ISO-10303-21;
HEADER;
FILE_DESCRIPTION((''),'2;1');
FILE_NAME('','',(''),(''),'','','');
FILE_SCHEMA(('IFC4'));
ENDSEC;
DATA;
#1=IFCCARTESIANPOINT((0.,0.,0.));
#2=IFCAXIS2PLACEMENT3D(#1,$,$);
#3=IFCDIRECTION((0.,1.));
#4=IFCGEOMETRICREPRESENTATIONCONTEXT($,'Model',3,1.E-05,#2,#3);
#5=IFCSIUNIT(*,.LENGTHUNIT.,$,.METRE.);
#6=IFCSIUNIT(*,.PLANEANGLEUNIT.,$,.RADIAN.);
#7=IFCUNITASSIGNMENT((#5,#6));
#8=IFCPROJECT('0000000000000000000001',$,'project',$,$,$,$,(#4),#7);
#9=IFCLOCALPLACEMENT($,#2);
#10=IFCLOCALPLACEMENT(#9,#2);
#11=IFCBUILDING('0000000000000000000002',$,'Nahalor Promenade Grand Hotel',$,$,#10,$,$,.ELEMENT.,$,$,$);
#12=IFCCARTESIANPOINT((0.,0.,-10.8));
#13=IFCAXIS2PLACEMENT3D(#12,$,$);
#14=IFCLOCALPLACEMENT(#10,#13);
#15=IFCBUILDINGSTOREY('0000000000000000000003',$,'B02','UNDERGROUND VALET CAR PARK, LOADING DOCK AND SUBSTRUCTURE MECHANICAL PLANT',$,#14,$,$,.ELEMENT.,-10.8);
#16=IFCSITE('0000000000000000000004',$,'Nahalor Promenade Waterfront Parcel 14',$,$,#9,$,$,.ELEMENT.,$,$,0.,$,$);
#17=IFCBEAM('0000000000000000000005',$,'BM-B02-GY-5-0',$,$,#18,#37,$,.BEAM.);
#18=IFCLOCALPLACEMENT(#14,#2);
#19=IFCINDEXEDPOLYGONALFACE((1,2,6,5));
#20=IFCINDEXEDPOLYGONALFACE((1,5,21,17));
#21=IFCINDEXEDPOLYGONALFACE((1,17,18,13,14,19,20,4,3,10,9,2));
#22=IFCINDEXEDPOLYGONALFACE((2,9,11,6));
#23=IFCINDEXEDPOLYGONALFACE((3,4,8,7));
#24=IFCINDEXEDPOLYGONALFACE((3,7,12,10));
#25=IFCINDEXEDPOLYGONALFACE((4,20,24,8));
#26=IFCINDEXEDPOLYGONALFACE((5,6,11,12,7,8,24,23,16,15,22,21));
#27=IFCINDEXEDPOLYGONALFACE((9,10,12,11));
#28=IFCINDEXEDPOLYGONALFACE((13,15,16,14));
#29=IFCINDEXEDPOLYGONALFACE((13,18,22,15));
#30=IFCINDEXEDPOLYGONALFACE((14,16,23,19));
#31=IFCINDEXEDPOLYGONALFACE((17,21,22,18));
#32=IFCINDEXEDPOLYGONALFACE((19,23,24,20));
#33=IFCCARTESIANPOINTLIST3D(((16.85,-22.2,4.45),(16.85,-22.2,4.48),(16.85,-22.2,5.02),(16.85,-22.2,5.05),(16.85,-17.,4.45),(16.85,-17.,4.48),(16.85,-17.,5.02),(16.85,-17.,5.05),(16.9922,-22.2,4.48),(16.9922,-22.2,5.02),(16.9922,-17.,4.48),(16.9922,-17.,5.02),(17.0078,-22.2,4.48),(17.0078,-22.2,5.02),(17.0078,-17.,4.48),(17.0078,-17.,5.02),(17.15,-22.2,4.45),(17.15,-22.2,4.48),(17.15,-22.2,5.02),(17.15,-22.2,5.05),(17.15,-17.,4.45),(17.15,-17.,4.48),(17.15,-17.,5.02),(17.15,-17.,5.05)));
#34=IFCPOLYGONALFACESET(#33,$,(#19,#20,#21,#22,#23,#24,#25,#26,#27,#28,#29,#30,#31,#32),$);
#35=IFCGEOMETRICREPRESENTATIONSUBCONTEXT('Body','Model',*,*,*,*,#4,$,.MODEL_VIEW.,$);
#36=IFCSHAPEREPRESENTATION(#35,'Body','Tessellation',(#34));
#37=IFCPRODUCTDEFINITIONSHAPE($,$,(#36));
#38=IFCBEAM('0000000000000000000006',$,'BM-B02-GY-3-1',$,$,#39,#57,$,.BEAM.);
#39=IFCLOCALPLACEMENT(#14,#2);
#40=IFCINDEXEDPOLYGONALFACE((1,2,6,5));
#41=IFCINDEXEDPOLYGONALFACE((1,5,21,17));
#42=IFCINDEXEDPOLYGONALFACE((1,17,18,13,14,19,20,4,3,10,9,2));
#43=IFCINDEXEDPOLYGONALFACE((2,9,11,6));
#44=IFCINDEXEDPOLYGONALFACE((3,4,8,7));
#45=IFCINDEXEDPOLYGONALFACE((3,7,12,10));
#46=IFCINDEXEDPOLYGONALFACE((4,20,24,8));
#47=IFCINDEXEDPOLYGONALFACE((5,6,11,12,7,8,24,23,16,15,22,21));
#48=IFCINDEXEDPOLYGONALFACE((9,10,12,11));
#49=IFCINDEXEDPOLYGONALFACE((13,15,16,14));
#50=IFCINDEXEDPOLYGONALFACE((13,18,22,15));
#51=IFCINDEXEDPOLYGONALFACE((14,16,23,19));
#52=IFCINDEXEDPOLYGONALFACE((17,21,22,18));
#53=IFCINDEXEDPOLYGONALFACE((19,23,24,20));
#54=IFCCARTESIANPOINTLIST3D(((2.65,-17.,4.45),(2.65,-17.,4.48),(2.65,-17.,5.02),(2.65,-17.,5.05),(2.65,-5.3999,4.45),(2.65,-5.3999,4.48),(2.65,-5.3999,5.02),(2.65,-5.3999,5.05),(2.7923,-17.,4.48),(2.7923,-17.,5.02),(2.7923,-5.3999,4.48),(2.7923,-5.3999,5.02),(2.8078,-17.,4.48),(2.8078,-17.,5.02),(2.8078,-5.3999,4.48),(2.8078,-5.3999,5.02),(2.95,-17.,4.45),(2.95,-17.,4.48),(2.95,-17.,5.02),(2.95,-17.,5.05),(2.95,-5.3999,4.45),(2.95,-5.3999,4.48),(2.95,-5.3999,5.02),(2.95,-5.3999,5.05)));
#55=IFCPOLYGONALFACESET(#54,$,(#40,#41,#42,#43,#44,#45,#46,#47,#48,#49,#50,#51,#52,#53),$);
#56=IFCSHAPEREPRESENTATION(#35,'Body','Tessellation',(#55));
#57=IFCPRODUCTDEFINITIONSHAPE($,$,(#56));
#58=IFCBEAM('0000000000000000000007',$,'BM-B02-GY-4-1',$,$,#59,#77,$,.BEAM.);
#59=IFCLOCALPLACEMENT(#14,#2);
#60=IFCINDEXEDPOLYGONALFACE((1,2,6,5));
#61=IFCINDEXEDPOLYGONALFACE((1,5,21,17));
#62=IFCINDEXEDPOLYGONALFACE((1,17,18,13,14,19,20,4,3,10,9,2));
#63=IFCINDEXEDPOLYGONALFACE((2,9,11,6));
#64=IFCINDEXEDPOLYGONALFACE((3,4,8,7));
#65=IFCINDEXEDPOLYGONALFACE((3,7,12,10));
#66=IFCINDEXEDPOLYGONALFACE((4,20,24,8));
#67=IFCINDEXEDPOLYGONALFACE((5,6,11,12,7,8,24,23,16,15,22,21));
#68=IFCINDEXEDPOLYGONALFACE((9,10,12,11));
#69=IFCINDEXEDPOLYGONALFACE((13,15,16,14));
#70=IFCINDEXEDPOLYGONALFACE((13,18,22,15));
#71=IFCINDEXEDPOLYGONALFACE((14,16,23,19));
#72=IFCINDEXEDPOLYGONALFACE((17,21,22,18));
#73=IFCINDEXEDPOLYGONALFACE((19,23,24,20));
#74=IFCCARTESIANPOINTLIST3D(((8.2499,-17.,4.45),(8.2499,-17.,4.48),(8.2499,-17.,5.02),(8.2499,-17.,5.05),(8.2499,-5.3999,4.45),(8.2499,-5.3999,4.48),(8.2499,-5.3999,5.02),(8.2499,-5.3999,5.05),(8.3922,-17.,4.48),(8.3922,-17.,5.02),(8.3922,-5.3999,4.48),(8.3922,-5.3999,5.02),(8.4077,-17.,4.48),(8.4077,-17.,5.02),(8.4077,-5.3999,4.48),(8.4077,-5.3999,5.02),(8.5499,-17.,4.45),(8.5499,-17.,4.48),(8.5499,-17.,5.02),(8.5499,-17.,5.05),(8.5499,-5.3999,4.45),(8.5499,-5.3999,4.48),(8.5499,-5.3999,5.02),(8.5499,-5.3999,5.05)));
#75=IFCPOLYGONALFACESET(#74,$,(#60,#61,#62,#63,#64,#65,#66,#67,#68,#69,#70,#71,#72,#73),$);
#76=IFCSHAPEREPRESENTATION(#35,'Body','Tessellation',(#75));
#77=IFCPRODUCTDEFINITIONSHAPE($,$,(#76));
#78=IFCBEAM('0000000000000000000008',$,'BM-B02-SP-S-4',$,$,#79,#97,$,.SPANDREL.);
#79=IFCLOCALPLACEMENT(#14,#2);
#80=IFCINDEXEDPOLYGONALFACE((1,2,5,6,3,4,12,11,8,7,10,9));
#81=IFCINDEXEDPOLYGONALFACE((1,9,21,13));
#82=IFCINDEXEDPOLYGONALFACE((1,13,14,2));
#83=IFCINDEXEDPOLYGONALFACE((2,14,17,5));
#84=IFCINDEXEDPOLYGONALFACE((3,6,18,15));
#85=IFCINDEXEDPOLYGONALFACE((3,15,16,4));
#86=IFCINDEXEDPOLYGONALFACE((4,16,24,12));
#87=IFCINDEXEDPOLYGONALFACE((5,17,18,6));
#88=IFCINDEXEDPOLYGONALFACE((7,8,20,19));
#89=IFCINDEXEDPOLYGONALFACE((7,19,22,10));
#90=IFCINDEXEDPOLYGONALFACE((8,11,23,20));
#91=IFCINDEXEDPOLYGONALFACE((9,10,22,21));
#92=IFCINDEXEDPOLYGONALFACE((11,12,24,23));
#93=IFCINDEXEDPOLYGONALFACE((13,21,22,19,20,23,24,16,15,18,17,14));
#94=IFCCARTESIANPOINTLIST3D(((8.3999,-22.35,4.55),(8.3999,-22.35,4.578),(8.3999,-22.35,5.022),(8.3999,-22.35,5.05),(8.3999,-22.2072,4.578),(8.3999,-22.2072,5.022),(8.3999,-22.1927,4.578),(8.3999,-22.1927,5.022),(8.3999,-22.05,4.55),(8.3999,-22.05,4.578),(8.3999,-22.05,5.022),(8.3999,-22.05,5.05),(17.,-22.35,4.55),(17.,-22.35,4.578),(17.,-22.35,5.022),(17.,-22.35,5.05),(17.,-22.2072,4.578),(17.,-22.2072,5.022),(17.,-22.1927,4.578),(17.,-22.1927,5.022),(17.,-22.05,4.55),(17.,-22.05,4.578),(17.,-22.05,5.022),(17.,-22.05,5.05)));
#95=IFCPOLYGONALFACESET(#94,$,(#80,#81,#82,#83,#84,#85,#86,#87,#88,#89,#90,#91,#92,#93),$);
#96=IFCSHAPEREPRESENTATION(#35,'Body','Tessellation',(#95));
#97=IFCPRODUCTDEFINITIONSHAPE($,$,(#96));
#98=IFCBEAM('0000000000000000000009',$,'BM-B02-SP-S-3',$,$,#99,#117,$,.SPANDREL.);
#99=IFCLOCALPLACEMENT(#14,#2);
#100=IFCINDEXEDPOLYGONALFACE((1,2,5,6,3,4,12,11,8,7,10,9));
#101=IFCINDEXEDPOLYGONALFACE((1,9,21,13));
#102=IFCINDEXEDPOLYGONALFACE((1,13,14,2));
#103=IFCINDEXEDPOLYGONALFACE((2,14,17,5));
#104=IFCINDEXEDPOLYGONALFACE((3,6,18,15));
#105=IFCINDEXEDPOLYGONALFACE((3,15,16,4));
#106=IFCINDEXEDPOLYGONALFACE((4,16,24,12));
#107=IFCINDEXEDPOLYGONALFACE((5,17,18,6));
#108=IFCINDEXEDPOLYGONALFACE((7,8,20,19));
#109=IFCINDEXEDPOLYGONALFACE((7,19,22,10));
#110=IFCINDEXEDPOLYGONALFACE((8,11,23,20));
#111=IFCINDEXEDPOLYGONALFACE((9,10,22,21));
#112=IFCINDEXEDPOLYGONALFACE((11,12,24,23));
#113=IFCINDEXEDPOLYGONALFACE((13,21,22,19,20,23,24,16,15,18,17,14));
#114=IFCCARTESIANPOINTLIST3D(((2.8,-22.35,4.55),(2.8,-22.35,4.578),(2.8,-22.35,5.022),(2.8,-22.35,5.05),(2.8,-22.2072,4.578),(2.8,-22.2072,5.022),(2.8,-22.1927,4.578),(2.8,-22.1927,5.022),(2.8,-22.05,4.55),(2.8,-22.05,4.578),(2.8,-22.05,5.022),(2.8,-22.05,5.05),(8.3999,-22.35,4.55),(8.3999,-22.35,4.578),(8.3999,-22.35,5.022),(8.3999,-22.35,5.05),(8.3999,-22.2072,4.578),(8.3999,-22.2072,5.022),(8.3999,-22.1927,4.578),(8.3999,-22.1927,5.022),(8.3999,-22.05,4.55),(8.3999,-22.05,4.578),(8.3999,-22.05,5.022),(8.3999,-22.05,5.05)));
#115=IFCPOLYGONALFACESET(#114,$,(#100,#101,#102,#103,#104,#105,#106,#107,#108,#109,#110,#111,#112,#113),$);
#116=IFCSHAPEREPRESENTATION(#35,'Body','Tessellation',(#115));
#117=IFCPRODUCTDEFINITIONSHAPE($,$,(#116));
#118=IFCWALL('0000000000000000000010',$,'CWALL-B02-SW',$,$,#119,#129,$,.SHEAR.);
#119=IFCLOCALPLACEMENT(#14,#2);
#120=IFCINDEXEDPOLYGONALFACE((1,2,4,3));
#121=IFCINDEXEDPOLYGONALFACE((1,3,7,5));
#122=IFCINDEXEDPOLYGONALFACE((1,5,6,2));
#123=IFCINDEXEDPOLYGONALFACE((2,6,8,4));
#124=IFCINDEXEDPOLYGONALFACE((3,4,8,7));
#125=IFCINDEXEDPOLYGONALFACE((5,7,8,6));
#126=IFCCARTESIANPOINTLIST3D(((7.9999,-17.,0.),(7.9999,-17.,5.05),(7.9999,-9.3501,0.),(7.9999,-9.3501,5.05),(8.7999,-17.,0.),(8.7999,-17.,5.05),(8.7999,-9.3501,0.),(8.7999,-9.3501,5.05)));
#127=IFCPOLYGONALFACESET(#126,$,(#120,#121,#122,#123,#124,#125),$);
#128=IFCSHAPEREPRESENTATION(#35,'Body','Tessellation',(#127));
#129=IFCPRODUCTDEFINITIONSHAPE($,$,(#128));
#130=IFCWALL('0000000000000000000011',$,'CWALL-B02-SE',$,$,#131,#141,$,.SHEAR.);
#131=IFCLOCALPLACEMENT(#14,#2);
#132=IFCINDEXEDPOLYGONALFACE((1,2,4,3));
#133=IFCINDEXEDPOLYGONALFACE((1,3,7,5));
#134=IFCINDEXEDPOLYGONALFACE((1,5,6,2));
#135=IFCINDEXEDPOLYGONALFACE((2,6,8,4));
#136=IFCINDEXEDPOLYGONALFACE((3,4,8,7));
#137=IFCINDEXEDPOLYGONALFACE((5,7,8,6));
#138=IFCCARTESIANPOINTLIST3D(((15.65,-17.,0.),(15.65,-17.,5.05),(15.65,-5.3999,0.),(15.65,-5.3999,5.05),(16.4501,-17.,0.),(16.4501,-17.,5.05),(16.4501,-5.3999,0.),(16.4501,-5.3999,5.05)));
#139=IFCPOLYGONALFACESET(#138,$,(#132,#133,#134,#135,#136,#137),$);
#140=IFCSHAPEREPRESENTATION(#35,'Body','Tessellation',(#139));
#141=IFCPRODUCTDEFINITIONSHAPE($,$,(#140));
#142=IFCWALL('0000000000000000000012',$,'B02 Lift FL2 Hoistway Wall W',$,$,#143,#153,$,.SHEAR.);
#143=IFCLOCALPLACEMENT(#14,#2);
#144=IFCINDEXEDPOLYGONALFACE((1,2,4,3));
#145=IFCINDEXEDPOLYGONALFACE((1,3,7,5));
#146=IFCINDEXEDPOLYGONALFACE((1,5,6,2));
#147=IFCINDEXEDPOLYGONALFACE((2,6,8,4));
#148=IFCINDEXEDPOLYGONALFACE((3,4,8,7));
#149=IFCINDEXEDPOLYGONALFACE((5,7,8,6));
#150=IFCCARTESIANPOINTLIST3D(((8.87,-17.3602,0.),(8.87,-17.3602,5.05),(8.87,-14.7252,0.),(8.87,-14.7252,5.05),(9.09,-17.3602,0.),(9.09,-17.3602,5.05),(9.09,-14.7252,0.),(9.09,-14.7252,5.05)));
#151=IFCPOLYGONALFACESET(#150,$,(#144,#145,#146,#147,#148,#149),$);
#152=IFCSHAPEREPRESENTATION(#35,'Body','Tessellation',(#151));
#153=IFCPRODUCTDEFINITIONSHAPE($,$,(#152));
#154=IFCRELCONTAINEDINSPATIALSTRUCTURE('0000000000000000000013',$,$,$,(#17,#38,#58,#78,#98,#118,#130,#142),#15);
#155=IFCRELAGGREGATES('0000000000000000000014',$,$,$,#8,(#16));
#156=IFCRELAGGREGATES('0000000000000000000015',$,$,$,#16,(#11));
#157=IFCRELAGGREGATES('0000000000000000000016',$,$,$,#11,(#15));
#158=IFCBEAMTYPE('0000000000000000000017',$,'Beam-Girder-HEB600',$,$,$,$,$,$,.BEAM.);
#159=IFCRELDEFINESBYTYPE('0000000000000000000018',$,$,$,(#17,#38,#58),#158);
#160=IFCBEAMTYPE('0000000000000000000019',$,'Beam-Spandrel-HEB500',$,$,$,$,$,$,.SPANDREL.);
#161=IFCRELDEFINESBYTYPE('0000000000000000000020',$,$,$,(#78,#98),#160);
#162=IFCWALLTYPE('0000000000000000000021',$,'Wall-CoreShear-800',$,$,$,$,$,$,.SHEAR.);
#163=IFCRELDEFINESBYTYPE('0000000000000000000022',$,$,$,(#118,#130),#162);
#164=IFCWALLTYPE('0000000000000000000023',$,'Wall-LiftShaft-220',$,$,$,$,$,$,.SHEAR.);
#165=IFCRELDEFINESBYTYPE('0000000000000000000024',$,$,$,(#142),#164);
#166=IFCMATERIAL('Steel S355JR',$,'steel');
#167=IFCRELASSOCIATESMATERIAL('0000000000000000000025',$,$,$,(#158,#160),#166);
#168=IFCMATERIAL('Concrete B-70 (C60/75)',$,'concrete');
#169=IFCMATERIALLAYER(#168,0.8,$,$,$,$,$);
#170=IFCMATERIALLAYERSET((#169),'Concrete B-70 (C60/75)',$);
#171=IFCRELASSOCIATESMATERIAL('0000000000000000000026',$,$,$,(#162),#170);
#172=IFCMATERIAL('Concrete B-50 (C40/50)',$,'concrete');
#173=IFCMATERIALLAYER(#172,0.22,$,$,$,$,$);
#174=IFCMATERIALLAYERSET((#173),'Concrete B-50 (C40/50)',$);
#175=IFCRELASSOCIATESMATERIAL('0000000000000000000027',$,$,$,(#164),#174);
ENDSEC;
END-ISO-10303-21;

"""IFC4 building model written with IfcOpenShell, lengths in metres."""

from ifc_helpers import new_model, si_unit, direction, frame, frame_2d, origin, origin_2d, place, context, subcontext, project, spatial, rectangle, i_section, extrude, source, transform, mapped, material, layer, layer_set, material_profile, profile_set, type_object, element, save


model = new_model("IFC4")

# Units and contexts
model_context = context("Model", 3, precision=1e-05, world=origin(), true_north=direction((0.0, 1.0)))
body_context = subcontext(model_context, "Body", "Model", "MODEL_VIEW")
ifc_project = project(units=[si_unit("LENGTHUNIT", "METRE"), si_unit("PLANEANGLEUNIT", "RADIAN")], contexts=[model_context])

# Site, building, storey
site_placement = place(None, origin())
site = spatial("IfcSite", under=ifc_project, at=site_placement, Name="Nahalor Promenade Waterfront Parcel 14", CompositionType="ELEMENT", RefElevation=0.0)
building_placement = place(site_placement, origin())
building = spatial("IfcBuilding", under=site, at=building_placement, Name="Nahalor Promenade Grand Hotel", CompositionType="ELEMENT")
storey_placement = place(building_placement, frame((0.0, 0.0, -10.8)))
storey = spatial("IfcBuildingStorey", under=building, at=storey_placement, Name="B02", Description="UNDERGROUND VALET CAR PARK, LOADING DOCK AND SUBSTRUCTURE MECHANICAL PLANT", CompositionType="ELEMENT", Elevation=-10.8)

# Shared definitions
ifc_material_1 = material(Name="Concrete B-50 (C40/50)", Category="concrete")

# Shared definitions
ifc_material_2 = material(Name="Concrete B-70 (C60/75)", Category="concrete")

# Beams
ifc_material_3 = material(Name="Steel S355JR", Category="steel")
ifc_material_profile_1 = material_profile(ifc_material_3, i_section(OverallWidth=0.3, OverallDepth=0.6, WebThickness=0.0155, FlangeThickness=0.03, at=origin_2d()), Name="HEB 600")
ifc_profile_set_1 = profile_set([ifc_material_profile_1], Name="Steel S355JR")
beam_type_1 = type_object("IfcBeamType", Name="Beam-Girder-HEB600", PredefinedType="BEAM", material=ifc_profile_set_1)
shared_shape_1 = source(origin(), body_context, "Body", "SweptSolid", [
    extrude(i_section(OverallWidth=0.3, OverallDepth=0.6, WebThickness=0.0155, FlangeThickness=0.03, at=origin_2d()), origin(), (0.0, 0.0, 1.0), 5.2),
])
for number, where, z_axis, x_axis, name in (
    (1, (17.0, -22.2, 4.75), (0.0, 1.0, 0.0), (-1.0, 0.0, 0.0), "BM-B02-GY-5-0"),
):
    element("IfcBeam", number, at=place(storey_placement, frame(where, z_axis=z_axis, x_axis=x_axis)), inside=storey, type_object=beam_type_1, Name=name, PredefinedType="BEAM", context=body_context, shape_type="MappedRepresentation", body=[
        mapped(shared_shape_1, transform((0.0, 0.0, 0.0), scale=1.0)),
    ])
shared_shape_2 = source(origin(), body_context, "Body", "SweptSolid", [
    extrude(i_section(OverallWidth=0.3, OverallDepth=0.6, WebThickness=0.0155, FlangeThickness=0.03, at=origin_2d()), origin(), (0.0, 0.0, 1.0), 11.6001),
])
for number, where, z_axis, x_axis, name in (
    (2, (2.8, -17.0, 4.75), (0.0, 1.0, 0.0), (-1.0, 0.0, 0.0), "BM-B02-GY-3-1"),
    (3, (8.3999, -17.0, 4.75), (0.0, 1.0, 0.0), (-1.0, 0.0, 0.0), "BM-B02-GY-4-1"),
):
    element("IfcBeam", number, at=place(storey_placement, frame(where, z_axis=z_axis, x_axis=x_axis)), inside=storey, type_object=beam_type_1, Name=name, PredefinedType="BEAM", context=body_context, shape_type="MappedRepresentation", body=[
        mapped(shared_shape_2, transform((0.0, 0.0, 0.0), scale=1.0)),
    ])
ifc_material_profile_2 = material_profile(ifc_material_3, i_section(OverallWidth=0.3, OverallDepth=0.5, WebThickness=0.0145, FlangeThickness=0.028, at=origin_2d()), Name="HEB 500")
ifc_profile_set_2 = profile_set([ifc_material_profile_2], Name="Steel S355JR")
beam_type_2 = type_object("IfcBeamType", Name="Beam-Spandrel-HEB500", PredefinedType="SPANDREL", material=ifc_profile_set_2)
shared_shape_3 = source(origin(), body_context, "Body", "SweptSolid", [
    extrude(i_section(OverallWidth=0.3, OverallDepth=0.5, WebThickness=0.0145, FlangeThickness=0.028, at=origin_2d()), origin(), (0.0, 0.0, 1.0), 8.6001),
])
beam_1_placement = place(storey_placement, frame((8.3999, -22.2, 4.8), z_axis=(1.0, 0.0, 0.0), x_axis=(0.0, 1.0, 0.0)))
element("IfcBeam", 4, at=beam_1_placement, inside=storey, type_object=beam_type_2, Name="BM-B02-SP-S-4", PredefinedType="SPANDREL", context=body_context, shape_type="MappedRepresentation", body=[
    mapped(shared_shape_3, transform((0.0, 0.0, 0.0), scale=1.0)),
])
shared_shape_4 = source(origin(), body_context, "Body", "SweptSolid", [
    extrude(i_section(OverallWidth=0.3, OverallDepth=0.5, WebThickness=0.0145, FlangeThickness=0.028, at=origin_2d()), origin(), (0.0, 0.0, 1.0), 5.5999),
])
beam_2_placement = place(storey_placement, frame((2.8, -22.2, 4.8), z_axis=(1.0, 0.0, 0.0), x_axis=(0.0, 1.0, 0.0)))
element("IfcBeam", 5, at=beam_2_placement, inside=storey, type_object=beam_type_2, Name="BM-B02-SP-S-3", PredefinedType="SPANDREL", context=body_context, shape_type="MappedRepresentation", body=[
    mapped(shared_shape_4, transform((0.0, 0.0, 0.0), scale=1.0)),
])

# Walls
ifc_layer_1 = layer(ifc_material_2, 0.8)
ifc_layer_set_1 = layer_set([ifc_layer_1], Name="Concrete B-70 (C60/75)")
wall_type_1 = type_object("IfcWallType", Name="Wall-CoreShear-800", PredefinedType="SHEAR", material=ifc_layer_set_1)
shared_shape_5 = source(origin(), body_context, "Body", "SweptSolid", [
    extrude(rectangle(XDim=7.6499, YDim=0.8, at=frame_2d((3.825, 0.0))), origin(), (0.0, 0.0, 1.0), 5.05),
])
wall_1_placement = place(storey_placement, frame((8.3999, -17.0, 0.0), z_axis=(0.0, 0.0, 1.0), x_axis=(0.0, 1.0, 0.0)))
element("IfcWall", 6, at=wall_1_placement, inside=storey, type_object=wall_type_1, Name="CWALL-B02-SW", PredefinedType="SHEAR", context=body_context, shape_type="MappedRepresentation", body=[
    mapped(shared_shape_5, transform((0.0, 0.0, 0.0), scale=1.0)),
])
shared_shape_6 = source(origin(), body_context, "Body", "SweptSolid", [
    extrude(rectangle(XDim=11.6001, YDim=0.8, at=frame_2d((5.8, 0.0))), origin(), (0.0, 0.0, 1.0), 5.05),
])
wall_2_placement = place(storey_placement, frame((16.05, -17.0, 0.0), z_axis=(0.0, 0.0, 1.0), x_axis=(0.0, 1.0, 0.0)))
element("IfcWall", 7, at=wall_2_placement, inside=storey, type_object=wall_type_1, Name="CWALL-B02-SE", PredefinedType="SHEAR", context=body_context, shape_type="MappedRepresentation", body=[
    mapped(shared_shape_6, transform((0.0, 0.0, 0.0), scale=1.0)),
])
ifc_layer_2 = layer(ifc_material_1, 0.22)
ifc_layer_set_2 = layer_set([ifc_layer_2], Name="Concrete B-50 (C40/50)")
wall_type_2 = type_object("IfcWallType", Name="Wall-LiftShaft-220", PredefinedType="SHEAR", material=ifc_layer_set_2)
shared_shape_7 = source(origin(), body_context, "Body", "SweptSolid", [
    extrude(rectangle(XDim=2.635, YDim=0.22, at=frame_2d((1.3174, 0.0))), origin(), (0.0, 0.0, 1.0), 5.05),
])
wall_3_placement = place(storey_placement, frame((8.98, -17.3601, 0.0), z_axis=(0.0, 0.0, 1.0), x_axis=(0.0, 1.0, 0.0)))
element("IfcWall", 8, at=wall_3_placement, inside=storey, type_object=wall_type_2, Name="B02 Lift FL2 Hoistway Wall W", PredefinedType="SHEAR", context=body_context, shape_type="MappedRepresentation", body=[
    mapped(shared_shape_7, transform((0.0, 0.0, 0.0), scale=1.0)),
])

save(model, "model.ifc")
